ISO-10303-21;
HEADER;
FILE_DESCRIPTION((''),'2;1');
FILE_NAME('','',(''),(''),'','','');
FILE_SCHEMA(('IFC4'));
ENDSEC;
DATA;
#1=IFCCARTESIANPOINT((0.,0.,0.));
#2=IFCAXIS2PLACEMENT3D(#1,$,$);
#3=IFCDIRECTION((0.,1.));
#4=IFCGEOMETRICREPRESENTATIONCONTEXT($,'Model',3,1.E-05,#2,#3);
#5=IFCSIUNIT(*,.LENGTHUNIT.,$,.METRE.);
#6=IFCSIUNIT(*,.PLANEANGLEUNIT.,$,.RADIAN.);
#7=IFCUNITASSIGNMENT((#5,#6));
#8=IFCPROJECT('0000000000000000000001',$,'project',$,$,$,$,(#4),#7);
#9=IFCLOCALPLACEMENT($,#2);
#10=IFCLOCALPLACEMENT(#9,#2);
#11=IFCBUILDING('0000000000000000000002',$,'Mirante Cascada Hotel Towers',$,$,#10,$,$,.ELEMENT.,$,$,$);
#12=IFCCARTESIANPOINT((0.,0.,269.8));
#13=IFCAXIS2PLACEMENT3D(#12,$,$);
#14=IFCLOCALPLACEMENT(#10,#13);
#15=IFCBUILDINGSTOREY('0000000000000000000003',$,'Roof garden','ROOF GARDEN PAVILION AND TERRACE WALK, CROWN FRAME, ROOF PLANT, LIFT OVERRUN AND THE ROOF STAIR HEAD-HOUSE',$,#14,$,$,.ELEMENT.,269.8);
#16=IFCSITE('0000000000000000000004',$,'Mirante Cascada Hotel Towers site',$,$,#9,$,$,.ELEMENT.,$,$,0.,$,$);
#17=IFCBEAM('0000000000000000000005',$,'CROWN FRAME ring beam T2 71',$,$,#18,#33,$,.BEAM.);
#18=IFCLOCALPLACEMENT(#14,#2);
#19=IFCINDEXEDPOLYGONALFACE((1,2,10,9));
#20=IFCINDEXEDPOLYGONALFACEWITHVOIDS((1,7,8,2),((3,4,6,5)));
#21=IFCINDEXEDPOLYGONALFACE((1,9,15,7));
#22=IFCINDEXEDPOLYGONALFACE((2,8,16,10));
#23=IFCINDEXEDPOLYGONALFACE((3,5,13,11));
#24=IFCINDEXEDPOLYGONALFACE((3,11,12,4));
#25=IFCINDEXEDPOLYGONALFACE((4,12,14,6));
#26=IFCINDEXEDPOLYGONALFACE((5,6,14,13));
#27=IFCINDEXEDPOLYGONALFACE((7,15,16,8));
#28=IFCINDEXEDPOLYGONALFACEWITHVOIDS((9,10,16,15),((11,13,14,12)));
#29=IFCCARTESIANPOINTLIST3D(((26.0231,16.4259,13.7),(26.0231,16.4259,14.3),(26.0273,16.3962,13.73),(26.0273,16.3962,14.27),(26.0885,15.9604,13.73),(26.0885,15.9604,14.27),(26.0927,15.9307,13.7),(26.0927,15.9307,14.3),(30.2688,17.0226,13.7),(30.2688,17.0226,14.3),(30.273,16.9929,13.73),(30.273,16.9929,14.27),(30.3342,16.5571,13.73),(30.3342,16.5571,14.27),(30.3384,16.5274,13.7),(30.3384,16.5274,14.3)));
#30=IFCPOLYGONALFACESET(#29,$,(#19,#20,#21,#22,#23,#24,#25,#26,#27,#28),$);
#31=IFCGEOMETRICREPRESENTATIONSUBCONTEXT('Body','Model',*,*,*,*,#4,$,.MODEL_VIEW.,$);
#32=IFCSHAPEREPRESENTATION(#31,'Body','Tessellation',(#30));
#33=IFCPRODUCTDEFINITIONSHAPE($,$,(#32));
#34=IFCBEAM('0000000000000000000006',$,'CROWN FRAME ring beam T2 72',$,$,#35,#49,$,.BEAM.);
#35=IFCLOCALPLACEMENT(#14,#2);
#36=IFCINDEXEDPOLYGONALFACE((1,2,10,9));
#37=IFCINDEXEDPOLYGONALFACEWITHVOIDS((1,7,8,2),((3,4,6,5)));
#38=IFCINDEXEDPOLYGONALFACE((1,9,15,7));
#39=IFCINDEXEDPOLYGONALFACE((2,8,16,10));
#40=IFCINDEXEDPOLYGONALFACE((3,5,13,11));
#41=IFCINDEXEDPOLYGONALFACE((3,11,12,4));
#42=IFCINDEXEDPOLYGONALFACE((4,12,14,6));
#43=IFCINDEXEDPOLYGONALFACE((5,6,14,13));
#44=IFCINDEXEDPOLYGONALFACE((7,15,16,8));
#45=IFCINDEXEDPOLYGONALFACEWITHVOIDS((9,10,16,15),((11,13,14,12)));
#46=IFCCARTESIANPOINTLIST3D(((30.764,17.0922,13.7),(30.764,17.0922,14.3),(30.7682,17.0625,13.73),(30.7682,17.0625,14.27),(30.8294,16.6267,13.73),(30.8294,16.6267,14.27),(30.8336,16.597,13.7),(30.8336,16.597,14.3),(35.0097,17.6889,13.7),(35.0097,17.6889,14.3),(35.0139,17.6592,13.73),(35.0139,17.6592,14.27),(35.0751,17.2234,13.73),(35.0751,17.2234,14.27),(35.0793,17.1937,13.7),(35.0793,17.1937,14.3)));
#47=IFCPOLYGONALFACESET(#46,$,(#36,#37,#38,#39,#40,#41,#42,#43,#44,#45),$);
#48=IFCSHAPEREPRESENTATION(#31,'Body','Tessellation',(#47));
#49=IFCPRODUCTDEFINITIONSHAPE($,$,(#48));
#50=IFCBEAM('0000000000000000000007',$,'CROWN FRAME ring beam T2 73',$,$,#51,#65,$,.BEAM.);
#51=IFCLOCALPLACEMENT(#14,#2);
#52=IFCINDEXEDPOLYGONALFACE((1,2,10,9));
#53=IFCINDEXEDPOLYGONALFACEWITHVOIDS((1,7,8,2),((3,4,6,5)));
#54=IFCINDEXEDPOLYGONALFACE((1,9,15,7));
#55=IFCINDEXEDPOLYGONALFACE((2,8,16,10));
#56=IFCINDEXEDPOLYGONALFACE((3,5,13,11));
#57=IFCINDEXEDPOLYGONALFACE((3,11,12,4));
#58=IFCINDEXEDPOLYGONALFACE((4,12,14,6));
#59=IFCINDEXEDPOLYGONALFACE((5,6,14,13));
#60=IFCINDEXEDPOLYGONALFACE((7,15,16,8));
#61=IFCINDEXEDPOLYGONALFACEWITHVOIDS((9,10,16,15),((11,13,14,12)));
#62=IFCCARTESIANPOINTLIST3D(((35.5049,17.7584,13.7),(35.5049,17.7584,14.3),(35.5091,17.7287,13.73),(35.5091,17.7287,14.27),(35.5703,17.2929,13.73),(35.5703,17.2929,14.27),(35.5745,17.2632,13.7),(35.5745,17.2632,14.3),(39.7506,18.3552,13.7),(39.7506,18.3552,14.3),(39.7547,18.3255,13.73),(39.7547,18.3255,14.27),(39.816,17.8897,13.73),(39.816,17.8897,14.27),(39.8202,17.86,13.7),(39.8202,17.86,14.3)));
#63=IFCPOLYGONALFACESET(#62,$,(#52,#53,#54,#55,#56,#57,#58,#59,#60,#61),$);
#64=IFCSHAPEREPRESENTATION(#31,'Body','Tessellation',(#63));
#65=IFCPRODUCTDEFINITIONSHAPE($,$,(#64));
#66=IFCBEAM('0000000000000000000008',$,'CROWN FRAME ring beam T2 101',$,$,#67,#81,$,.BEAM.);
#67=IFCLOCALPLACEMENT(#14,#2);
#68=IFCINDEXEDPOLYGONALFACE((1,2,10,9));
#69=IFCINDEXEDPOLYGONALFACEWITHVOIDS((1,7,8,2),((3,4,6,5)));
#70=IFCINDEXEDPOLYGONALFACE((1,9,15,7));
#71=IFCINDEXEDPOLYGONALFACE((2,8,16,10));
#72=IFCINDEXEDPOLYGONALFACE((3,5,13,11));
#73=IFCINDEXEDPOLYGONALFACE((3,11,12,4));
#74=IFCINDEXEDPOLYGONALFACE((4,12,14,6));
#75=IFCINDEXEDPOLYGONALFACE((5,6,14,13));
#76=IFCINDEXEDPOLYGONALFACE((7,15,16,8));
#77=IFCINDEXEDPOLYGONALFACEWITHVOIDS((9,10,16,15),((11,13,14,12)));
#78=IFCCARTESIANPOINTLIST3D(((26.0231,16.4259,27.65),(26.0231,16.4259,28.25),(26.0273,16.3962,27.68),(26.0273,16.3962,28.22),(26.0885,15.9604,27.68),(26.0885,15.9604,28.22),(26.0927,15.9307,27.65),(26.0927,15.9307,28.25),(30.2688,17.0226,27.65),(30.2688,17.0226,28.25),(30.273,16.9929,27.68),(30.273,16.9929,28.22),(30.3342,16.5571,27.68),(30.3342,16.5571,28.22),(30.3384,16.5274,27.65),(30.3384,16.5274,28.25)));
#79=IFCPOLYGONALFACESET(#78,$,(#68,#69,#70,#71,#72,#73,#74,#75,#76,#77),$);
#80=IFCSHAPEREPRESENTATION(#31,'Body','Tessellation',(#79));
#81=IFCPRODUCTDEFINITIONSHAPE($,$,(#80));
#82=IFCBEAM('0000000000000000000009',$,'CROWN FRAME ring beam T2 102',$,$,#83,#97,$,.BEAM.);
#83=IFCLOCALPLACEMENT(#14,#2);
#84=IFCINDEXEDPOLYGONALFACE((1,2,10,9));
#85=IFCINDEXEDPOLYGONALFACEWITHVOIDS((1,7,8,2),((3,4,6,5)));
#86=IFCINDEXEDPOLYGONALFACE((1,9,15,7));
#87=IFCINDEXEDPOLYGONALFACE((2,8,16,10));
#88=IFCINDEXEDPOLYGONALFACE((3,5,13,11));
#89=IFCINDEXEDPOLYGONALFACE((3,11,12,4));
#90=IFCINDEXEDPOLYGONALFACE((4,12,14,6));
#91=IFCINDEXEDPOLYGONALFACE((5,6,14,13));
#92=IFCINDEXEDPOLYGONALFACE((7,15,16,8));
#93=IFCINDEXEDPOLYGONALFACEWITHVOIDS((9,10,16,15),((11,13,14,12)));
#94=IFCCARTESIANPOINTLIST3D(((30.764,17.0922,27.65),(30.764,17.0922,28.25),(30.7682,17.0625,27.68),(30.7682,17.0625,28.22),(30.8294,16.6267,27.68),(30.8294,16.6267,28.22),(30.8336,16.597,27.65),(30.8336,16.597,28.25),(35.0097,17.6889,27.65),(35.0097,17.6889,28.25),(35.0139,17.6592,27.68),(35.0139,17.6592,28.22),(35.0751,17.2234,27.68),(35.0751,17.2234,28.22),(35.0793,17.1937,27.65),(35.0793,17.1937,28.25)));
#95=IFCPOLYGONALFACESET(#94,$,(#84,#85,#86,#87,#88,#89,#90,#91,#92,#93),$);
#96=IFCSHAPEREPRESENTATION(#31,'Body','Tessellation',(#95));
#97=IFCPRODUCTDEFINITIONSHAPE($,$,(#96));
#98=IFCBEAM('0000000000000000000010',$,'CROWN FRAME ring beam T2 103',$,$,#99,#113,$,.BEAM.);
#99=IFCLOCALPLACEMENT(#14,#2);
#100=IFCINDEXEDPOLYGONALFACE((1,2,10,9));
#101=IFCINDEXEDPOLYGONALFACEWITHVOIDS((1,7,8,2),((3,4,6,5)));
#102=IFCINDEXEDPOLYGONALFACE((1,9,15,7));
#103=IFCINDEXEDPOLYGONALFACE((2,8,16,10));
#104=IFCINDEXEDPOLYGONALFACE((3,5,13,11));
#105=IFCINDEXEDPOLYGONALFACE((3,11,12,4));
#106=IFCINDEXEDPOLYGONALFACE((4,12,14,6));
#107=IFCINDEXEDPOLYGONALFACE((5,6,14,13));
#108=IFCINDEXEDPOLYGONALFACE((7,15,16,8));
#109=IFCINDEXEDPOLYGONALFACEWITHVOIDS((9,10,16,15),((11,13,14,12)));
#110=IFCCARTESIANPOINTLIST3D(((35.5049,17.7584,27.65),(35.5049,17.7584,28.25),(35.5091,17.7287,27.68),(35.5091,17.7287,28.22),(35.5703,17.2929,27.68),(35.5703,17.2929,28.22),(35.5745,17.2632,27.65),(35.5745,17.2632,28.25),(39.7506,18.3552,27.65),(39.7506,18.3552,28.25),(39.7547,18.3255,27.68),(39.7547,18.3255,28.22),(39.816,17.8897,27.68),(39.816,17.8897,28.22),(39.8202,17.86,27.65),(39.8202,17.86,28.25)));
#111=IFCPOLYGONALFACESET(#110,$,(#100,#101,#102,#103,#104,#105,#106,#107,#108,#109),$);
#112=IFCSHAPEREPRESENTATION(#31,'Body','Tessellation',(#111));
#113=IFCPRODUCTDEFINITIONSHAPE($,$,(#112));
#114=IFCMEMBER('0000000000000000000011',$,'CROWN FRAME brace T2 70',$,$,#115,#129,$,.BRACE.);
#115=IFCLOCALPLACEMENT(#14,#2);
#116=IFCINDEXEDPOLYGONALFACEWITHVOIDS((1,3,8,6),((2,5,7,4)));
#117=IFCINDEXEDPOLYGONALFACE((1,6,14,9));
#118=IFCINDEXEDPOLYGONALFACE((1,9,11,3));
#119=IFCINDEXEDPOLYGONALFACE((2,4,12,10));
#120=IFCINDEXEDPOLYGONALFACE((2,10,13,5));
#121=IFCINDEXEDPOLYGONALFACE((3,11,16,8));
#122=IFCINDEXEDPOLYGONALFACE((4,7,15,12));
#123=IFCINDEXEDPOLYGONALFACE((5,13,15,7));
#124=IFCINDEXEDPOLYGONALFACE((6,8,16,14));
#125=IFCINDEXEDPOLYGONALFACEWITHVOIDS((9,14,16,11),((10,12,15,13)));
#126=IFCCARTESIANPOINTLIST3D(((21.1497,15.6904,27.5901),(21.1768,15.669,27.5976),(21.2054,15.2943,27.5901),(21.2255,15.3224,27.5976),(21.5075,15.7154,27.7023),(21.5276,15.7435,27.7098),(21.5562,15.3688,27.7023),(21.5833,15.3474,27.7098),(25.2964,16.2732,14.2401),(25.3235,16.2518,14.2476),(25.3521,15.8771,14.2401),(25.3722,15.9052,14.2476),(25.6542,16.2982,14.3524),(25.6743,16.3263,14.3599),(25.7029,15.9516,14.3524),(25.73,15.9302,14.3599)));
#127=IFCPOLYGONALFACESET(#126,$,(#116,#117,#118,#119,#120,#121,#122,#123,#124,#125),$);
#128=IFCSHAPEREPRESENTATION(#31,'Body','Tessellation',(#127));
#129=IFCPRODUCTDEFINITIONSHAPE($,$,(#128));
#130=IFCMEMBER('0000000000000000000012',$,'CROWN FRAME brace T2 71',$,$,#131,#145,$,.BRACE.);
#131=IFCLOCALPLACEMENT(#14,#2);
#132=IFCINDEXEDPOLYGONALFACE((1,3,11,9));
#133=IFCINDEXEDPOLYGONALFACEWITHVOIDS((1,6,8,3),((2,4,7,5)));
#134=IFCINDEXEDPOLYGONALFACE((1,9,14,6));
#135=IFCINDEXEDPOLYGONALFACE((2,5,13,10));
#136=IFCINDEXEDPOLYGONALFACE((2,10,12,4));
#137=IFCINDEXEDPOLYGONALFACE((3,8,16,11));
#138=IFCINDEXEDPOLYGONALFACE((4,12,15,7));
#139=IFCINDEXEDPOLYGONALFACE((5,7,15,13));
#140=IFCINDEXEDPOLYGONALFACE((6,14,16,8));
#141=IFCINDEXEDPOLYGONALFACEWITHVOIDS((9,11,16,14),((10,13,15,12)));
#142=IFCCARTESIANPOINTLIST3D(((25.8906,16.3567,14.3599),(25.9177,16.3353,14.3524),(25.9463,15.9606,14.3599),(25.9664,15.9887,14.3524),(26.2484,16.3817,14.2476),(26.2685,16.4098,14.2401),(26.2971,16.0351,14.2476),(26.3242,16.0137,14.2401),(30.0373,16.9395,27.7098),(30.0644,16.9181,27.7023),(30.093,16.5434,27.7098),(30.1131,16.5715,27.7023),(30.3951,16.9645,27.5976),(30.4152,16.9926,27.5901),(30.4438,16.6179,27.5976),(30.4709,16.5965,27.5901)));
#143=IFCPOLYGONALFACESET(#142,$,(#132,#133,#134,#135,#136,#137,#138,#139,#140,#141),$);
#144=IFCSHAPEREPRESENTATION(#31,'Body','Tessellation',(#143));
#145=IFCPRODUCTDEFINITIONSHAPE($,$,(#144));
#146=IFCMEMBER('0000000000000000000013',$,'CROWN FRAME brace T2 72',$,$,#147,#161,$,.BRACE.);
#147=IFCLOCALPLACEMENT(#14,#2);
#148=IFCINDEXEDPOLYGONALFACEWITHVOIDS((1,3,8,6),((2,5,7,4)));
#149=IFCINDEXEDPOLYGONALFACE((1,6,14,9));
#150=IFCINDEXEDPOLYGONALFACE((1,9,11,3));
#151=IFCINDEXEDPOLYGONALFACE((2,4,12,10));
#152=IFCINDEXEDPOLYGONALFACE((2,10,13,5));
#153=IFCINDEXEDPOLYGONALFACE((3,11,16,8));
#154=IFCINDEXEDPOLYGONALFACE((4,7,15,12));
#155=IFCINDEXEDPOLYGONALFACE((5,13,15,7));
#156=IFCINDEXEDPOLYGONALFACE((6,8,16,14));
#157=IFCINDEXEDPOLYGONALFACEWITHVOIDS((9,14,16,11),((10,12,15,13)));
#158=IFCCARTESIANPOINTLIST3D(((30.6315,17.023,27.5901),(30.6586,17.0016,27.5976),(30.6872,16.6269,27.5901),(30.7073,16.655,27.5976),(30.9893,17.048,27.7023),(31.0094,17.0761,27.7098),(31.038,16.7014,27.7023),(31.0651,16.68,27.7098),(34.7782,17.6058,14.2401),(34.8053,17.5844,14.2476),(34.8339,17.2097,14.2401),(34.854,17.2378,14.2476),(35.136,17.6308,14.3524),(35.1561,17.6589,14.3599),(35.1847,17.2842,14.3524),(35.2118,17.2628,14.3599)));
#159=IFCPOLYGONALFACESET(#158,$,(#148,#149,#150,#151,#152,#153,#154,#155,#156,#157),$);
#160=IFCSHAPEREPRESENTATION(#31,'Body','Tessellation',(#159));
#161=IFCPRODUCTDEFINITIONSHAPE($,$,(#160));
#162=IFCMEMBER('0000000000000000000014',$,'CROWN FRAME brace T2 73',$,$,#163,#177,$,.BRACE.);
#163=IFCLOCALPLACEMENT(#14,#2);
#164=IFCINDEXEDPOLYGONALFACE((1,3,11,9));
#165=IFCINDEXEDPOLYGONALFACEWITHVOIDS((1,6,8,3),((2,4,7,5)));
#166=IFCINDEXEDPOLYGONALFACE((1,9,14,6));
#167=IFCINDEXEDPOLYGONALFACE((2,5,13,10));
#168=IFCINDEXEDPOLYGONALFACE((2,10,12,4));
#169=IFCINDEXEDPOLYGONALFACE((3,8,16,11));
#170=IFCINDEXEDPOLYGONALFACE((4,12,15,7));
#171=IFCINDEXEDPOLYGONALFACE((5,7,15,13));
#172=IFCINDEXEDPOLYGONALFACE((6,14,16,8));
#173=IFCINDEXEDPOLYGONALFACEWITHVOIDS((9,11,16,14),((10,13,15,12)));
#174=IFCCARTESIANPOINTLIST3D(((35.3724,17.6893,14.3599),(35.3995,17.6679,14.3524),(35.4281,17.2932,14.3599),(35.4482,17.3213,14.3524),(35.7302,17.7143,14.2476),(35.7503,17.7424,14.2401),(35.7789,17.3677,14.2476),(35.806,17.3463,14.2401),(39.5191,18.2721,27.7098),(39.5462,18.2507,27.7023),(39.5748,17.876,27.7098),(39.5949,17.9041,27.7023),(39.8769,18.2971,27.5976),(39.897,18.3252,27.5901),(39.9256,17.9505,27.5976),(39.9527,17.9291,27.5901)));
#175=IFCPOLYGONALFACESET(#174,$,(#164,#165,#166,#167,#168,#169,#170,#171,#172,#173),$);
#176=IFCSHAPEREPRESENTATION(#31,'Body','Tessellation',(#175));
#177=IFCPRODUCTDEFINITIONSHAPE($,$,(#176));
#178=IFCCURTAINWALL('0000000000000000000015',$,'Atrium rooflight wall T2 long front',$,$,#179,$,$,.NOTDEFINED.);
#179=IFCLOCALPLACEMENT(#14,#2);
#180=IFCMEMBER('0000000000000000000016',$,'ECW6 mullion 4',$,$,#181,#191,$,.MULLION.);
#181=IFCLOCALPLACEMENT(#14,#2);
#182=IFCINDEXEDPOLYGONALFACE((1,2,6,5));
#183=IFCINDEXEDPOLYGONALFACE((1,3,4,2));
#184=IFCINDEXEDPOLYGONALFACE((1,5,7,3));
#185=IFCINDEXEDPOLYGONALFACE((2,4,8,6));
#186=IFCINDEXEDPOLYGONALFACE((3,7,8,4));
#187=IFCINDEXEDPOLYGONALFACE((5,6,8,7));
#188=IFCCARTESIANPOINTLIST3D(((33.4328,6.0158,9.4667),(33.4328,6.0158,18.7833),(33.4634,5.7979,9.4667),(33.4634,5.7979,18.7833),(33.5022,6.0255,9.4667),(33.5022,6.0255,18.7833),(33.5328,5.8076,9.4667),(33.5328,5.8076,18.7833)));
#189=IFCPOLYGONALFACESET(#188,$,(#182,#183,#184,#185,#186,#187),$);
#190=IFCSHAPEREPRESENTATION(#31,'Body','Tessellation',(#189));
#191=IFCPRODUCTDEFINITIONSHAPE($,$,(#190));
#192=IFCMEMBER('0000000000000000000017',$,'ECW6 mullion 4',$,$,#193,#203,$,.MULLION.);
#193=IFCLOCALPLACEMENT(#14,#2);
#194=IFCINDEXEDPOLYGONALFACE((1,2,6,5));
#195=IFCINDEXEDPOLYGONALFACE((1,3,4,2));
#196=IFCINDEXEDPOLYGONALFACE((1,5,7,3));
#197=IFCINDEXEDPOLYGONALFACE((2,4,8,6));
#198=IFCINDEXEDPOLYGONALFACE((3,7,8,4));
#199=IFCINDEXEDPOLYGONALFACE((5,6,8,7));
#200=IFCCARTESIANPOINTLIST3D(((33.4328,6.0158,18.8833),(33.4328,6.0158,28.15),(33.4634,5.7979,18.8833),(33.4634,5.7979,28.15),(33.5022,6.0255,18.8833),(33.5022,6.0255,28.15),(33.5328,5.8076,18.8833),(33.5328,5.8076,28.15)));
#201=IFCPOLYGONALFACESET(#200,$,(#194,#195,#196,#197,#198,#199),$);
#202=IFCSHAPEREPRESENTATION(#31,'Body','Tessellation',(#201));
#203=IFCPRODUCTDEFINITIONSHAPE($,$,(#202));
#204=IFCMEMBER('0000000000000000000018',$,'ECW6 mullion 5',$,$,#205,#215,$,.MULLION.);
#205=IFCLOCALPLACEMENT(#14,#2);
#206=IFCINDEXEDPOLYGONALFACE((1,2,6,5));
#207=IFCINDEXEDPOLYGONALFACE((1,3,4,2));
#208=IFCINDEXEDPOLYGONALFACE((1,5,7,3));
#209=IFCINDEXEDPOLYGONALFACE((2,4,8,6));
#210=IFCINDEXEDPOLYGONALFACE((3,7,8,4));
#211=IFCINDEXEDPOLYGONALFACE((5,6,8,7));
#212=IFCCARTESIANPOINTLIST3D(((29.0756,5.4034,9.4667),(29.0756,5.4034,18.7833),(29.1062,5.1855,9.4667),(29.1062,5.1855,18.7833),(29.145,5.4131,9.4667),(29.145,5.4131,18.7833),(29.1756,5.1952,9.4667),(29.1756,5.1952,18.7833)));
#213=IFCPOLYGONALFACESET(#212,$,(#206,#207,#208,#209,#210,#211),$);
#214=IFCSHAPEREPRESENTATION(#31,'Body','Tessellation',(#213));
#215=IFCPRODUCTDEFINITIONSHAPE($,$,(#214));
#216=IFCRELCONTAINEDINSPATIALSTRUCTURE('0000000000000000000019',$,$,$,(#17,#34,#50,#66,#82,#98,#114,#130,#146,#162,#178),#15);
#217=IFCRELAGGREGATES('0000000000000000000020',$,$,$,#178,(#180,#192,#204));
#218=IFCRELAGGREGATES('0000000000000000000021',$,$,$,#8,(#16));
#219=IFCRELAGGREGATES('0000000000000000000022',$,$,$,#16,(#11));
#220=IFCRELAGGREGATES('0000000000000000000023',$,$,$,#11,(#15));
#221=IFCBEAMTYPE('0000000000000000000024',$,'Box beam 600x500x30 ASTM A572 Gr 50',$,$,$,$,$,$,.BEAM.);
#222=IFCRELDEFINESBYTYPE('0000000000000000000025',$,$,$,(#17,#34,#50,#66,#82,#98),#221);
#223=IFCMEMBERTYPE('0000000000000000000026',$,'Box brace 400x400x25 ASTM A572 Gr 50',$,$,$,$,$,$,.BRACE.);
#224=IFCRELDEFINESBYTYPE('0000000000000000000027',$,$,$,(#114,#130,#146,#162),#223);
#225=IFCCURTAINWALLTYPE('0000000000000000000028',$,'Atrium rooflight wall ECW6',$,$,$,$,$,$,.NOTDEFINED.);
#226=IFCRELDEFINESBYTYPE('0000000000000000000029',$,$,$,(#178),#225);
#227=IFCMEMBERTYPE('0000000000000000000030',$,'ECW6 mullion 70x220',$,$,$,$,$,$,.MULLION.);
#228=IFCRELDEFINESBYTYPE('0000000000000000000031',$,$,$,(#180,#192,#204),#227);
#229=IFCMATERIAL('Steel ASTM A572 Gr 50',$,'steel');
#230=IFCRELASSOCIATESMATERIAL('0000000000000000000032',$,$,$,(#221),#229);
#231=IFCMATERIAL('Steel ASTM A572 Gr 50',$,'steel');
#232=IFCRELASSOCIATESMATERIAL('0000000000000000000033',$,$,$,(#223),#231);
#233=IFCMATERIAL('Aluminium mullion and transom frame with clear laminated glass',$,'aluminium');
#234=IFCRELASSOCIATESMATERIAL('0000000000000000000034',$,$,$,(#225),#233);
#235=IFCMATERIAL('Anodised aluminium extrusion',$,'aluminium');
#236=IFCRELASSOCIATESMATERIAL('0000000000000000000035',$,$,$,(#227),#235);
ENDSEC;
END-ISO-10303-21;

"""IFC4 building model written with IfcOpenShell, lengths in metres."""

from ifc_helpers import new_model, si_unit, direction, frame, origin, origin_2d, place, context, subcontext, project, spatial, rectangle, hollow_rectangle, extrude, material, material_profile, profile_set, type_object, element, aggregate, save


model = new_model("IFC4")

# Units and contexts
model_context = context("Model", 3, precision=1e-05, world=origin(), true_north=direction((0.0, 1.0)))
body_context = subcontext(model_context, "Body", "Model", "MODEL_VIEW")
ifc_project = project(units=[si_unit("LENGTHUNIT", "METRE"), si_unit("PLANEANGLEUNIT", "RADIAN")], contexts=[model_context])

# Site, building, storey
site_placement = place(None, origin())
site = spatial("IfcSite", under=ifc_project, at=site_placement, Name="Mirante Cascada Hotel Towers site", CompositionType="ELEMENT", RefElevation=0.0)
building_placement = place(site_placement, origin())
building = spatial("IfcBuilding", under=site, at=building_placement, Name="Mirante Cascada Hotel Towers", CompositionType="ELEMENT")
storey_placement = place(building_placement, frame((0.0, 0.0, 269.8)))
storey = spatial("IfcBuildingStorey", under=building, at=storey_placement, Name="Roof garden", Description="ROOF GARDEN PAVILION AND TERRACE WALK, CROWN FRAME, ROOF PLANT, LIFT OVERRUN AND THE ROOF STAIR HEAD-HOUSE", CompositionType="ELEMENT", Elevation=269.8)

# Beams
ifc_material_1 = material(Name="Steel ASTM A572 Gr 50", Category="steel")
ifc_material_profile_1 = material_profile(ifc_material_1, hollow_rectangle(XDim=0.5, YDim=0.6, WallThickness=0.03, at=origin_2d()), Name="Box beam 600x500x30 ASTM A572 Gr 50")
ifc_profile_set_1 = profile_set([ifc_material_profile_1], Name="Steel ASTM A572 Gr 50")
beam_type = type_object("IfcBeamType", Name="Box beam 600x500x30 ASTM A572 Gr 50", PredefinedType="BEAM", material=ifc_profile_set_1)
for number, where, z_axis, x_axis, name in (
    (1, (26.0579, 16.1783, 14.0), (0.990268, 0.139174, 0.0), (-0.139174, 0.990268, 0.0), "CROWN FRAME ring beam T2 71"),
    (2, (30.7988, 16.8446, 14.0), (0.990268, 0.139174, 0.0), (-0.139174, 0.990268, 0.0), "CROWN FRAME ring beam T2 72"),
    (3, (35.5397, 17.5108, 14.0), (0.990265, 0.139197, 0.0), (-0.139197, 0.990265, 0.0), "CROWN FRAME ring beam T2 73"),
    (4, (26.0579, 16.1783, 27.95), (0.990268, 0.139174, 0.0), (-0.139174, 0.990268, 0.0), "CROWN FRAME ring beam T2 101"),
    (5, (30.7988, 16.8446, 27.95), (0.990268, 0.139174, 0.0), (-0.139174, 0.990268, 0.0), "CROWN FRAME ring beam T2 102"),
    (6, (35.5397, 17.5108, 27.95), (0.990265, 0.139197, 0.0), (-0.139197, 0.990265, 0.0), "CROWN FRAME ring beam T2 103"),
):
    element("IfcBeam", number, at=place(storey_placement, frame(where, z_axis=z_axis, x_axis=x_axis)), inside=storey, type_object=beam_type, Name=name, PredefinedType="BEAM", context=body_context, shape_type="SweptSolid", body=[
        extrude(hollow_rectangle(XDim=0.5, YDim=0.6, WallThickness=0.03, at=origin_2d()), origin(), (0.0, 0.0, 1.0), 4.2874),
    ])

# Members
ifc_material_2 = material(Name="Steel ASTM A572 Gr 50", Category="steel")
ifc_material_profile_2 = material_profile(ifc_material_2, hollow_rectangle(XDim=0.4, YDim=0.4, WallThickness=0.025, at=origin_2d()), Name="Box brace 400x400x25 ASTM A572 Gr 50")
ifc_profile_set_2 = profile_set([ifc_material_profile_2], Name="Steel ASTM A572 Gr 50")
member_type_1 = type_object("IfcMemberType", Name="Box brace 400x400x25 ASTM A572 Gr 50", PredefinedType="BRACE", material=ifc_profile_set_2)
for number, where, z_axis, x_axis, name in (
    (7, (25.5132, 16.1017, 14.3), (-0.296376, -0.041654, 0.954162), (0.139178, -0.990267, 0.0), "CROWN FRAME brace T2 70"),
    (8, (26.1074, 16.1852, 14.3), (0.296376, 0.041654, 0.954162), (-0.139178, 0.990267, 0.0), "CROWN FRAME brace T2 71"),
    (9, (34.995, 17.4343, 14.3), (-0.296376, -0.041654, 0.954162), (0.139178, -0.990267, 0.0), "CROWN FRAME brace T2 72"),
    (10, (35.5892, 17.5178, 14.3), (0.296376, 0.041654, 0.954162), (-0.139178, 0.990267, 0.0), "CROWN FRAME brace T2 73"),
):
    element("IfcMember", number, at=place(storey_placement, frame(where, z_axis=z_axis, x_axis=x_axis)), inside=storey, type_object=member_type_1, Name=name, PredefinedType="BRACE", context=body_context, shape_type="SweptSolid", body=[
        extrude(hollow_rectangle(XDim=0.4, YDim=0.4, WallThickness=0.025, at=origin_2d()), origin(), (0.0, 0.0, 1.0), 13.9913),
    ])

# Curtain wall, members
ifc_material_3 = material(Name="Aluminium mullion and transom frame with clear laminated glass", Category="aluminium")
curtain_wall_type = type_object("IfcCurtainWallType", Name="Atrium rooflight wall ECW6", PredefinedType="NOTDEFINED", material=ifc_material_3)
curtain_wall_1_placement = place(storey_placement, origin())
curtain_wall_1 = element("IfcCurtainWall", 11, at=curtain_wall_1_placement, inside=storey, type_object=curtain_wall_type, Name="Atrium rooflight wall T2 long front", PredefinedType="NOTDEFINED")
ifc_material_4 = material(Name="Anodised aluminium extrusion", Category="aluminium")
ifc_material_profile_3 = material_profile(ifc_material_4, rectangle(XDim=0.22, YDim=0.07, at=origin_2d()), Name="ECW6 MULLION 70x220")
ifc_profile_set_3 = profile_set([ifc_material_profile_3], Name="Anodised aluminium extrusion")
member_type_2 = type_object("IfcMemberType", Name="ECW6 mullion 70x220", PredefinedType="MULLION", material=ifc_profile_set_3)
member_1_placement = place(storey_placement, frame((33.4828, 5.9117, 9.4667), z_axis=(0.0, 0.0, 1.0), x_axis=(0.139173, -0.990268, 0.0)))
member_1 = element("IfcMember", 12, at=member_1_placement, type_object=member_type_2, Name="ECW6 mullion 4", PredefinedType="MULLION", context=body_context, shape_type="SweptSolid", body=[
    extrude(rectangle(XDim=0.22, YDim=0.07, at=origin_2d()), origin(), (0.0, 0.0, 1.0), 9.3166),
])
member_2_placement = place(storey_placement, frame((33.4828, 5.9117, 18.8833), z_axis=(0.0, 0.0, 1.0), x_axis=(0.139173, -0.990268, 0.0)))
member_2 = element("IfcMember", 13, at=member_2_placement, type_object=member_type_2, Name="ECW6 mullion 4", PredefinedType="MULLION", context=body_context, shape_type="SweptSolid", body=[
    extrude(rectangle(XDim=0.22, YDim=0.07, at=origin_2d()), origin(), (0.0, 0.0, 1.0), 9.2667),
])
member_3_placement = place(storey_placement, frame((29.1256, 5.2993, 9.4667), z_axis=(0.0, 0.0, 1.0), x_axis=(0.139173, -0.990268, 0.0)))
member_3 = element("IfcMember", 14, at=member_3_placement, type_object=member_type_2, Name="ECW6 mullion 5", PredefinedType="MULLION", context=body_context, shape_type="SweptSolid", body=[
    extrude(rectangle(XDim=0.22, YDim=0.07, at=origin_2d()), origin(), (0.0, 0.0, 1.0), 9.3166),
])

aggregate(curtain_wall_1, [member_1, member_2, member_3])

save(model, "model.ifc")
